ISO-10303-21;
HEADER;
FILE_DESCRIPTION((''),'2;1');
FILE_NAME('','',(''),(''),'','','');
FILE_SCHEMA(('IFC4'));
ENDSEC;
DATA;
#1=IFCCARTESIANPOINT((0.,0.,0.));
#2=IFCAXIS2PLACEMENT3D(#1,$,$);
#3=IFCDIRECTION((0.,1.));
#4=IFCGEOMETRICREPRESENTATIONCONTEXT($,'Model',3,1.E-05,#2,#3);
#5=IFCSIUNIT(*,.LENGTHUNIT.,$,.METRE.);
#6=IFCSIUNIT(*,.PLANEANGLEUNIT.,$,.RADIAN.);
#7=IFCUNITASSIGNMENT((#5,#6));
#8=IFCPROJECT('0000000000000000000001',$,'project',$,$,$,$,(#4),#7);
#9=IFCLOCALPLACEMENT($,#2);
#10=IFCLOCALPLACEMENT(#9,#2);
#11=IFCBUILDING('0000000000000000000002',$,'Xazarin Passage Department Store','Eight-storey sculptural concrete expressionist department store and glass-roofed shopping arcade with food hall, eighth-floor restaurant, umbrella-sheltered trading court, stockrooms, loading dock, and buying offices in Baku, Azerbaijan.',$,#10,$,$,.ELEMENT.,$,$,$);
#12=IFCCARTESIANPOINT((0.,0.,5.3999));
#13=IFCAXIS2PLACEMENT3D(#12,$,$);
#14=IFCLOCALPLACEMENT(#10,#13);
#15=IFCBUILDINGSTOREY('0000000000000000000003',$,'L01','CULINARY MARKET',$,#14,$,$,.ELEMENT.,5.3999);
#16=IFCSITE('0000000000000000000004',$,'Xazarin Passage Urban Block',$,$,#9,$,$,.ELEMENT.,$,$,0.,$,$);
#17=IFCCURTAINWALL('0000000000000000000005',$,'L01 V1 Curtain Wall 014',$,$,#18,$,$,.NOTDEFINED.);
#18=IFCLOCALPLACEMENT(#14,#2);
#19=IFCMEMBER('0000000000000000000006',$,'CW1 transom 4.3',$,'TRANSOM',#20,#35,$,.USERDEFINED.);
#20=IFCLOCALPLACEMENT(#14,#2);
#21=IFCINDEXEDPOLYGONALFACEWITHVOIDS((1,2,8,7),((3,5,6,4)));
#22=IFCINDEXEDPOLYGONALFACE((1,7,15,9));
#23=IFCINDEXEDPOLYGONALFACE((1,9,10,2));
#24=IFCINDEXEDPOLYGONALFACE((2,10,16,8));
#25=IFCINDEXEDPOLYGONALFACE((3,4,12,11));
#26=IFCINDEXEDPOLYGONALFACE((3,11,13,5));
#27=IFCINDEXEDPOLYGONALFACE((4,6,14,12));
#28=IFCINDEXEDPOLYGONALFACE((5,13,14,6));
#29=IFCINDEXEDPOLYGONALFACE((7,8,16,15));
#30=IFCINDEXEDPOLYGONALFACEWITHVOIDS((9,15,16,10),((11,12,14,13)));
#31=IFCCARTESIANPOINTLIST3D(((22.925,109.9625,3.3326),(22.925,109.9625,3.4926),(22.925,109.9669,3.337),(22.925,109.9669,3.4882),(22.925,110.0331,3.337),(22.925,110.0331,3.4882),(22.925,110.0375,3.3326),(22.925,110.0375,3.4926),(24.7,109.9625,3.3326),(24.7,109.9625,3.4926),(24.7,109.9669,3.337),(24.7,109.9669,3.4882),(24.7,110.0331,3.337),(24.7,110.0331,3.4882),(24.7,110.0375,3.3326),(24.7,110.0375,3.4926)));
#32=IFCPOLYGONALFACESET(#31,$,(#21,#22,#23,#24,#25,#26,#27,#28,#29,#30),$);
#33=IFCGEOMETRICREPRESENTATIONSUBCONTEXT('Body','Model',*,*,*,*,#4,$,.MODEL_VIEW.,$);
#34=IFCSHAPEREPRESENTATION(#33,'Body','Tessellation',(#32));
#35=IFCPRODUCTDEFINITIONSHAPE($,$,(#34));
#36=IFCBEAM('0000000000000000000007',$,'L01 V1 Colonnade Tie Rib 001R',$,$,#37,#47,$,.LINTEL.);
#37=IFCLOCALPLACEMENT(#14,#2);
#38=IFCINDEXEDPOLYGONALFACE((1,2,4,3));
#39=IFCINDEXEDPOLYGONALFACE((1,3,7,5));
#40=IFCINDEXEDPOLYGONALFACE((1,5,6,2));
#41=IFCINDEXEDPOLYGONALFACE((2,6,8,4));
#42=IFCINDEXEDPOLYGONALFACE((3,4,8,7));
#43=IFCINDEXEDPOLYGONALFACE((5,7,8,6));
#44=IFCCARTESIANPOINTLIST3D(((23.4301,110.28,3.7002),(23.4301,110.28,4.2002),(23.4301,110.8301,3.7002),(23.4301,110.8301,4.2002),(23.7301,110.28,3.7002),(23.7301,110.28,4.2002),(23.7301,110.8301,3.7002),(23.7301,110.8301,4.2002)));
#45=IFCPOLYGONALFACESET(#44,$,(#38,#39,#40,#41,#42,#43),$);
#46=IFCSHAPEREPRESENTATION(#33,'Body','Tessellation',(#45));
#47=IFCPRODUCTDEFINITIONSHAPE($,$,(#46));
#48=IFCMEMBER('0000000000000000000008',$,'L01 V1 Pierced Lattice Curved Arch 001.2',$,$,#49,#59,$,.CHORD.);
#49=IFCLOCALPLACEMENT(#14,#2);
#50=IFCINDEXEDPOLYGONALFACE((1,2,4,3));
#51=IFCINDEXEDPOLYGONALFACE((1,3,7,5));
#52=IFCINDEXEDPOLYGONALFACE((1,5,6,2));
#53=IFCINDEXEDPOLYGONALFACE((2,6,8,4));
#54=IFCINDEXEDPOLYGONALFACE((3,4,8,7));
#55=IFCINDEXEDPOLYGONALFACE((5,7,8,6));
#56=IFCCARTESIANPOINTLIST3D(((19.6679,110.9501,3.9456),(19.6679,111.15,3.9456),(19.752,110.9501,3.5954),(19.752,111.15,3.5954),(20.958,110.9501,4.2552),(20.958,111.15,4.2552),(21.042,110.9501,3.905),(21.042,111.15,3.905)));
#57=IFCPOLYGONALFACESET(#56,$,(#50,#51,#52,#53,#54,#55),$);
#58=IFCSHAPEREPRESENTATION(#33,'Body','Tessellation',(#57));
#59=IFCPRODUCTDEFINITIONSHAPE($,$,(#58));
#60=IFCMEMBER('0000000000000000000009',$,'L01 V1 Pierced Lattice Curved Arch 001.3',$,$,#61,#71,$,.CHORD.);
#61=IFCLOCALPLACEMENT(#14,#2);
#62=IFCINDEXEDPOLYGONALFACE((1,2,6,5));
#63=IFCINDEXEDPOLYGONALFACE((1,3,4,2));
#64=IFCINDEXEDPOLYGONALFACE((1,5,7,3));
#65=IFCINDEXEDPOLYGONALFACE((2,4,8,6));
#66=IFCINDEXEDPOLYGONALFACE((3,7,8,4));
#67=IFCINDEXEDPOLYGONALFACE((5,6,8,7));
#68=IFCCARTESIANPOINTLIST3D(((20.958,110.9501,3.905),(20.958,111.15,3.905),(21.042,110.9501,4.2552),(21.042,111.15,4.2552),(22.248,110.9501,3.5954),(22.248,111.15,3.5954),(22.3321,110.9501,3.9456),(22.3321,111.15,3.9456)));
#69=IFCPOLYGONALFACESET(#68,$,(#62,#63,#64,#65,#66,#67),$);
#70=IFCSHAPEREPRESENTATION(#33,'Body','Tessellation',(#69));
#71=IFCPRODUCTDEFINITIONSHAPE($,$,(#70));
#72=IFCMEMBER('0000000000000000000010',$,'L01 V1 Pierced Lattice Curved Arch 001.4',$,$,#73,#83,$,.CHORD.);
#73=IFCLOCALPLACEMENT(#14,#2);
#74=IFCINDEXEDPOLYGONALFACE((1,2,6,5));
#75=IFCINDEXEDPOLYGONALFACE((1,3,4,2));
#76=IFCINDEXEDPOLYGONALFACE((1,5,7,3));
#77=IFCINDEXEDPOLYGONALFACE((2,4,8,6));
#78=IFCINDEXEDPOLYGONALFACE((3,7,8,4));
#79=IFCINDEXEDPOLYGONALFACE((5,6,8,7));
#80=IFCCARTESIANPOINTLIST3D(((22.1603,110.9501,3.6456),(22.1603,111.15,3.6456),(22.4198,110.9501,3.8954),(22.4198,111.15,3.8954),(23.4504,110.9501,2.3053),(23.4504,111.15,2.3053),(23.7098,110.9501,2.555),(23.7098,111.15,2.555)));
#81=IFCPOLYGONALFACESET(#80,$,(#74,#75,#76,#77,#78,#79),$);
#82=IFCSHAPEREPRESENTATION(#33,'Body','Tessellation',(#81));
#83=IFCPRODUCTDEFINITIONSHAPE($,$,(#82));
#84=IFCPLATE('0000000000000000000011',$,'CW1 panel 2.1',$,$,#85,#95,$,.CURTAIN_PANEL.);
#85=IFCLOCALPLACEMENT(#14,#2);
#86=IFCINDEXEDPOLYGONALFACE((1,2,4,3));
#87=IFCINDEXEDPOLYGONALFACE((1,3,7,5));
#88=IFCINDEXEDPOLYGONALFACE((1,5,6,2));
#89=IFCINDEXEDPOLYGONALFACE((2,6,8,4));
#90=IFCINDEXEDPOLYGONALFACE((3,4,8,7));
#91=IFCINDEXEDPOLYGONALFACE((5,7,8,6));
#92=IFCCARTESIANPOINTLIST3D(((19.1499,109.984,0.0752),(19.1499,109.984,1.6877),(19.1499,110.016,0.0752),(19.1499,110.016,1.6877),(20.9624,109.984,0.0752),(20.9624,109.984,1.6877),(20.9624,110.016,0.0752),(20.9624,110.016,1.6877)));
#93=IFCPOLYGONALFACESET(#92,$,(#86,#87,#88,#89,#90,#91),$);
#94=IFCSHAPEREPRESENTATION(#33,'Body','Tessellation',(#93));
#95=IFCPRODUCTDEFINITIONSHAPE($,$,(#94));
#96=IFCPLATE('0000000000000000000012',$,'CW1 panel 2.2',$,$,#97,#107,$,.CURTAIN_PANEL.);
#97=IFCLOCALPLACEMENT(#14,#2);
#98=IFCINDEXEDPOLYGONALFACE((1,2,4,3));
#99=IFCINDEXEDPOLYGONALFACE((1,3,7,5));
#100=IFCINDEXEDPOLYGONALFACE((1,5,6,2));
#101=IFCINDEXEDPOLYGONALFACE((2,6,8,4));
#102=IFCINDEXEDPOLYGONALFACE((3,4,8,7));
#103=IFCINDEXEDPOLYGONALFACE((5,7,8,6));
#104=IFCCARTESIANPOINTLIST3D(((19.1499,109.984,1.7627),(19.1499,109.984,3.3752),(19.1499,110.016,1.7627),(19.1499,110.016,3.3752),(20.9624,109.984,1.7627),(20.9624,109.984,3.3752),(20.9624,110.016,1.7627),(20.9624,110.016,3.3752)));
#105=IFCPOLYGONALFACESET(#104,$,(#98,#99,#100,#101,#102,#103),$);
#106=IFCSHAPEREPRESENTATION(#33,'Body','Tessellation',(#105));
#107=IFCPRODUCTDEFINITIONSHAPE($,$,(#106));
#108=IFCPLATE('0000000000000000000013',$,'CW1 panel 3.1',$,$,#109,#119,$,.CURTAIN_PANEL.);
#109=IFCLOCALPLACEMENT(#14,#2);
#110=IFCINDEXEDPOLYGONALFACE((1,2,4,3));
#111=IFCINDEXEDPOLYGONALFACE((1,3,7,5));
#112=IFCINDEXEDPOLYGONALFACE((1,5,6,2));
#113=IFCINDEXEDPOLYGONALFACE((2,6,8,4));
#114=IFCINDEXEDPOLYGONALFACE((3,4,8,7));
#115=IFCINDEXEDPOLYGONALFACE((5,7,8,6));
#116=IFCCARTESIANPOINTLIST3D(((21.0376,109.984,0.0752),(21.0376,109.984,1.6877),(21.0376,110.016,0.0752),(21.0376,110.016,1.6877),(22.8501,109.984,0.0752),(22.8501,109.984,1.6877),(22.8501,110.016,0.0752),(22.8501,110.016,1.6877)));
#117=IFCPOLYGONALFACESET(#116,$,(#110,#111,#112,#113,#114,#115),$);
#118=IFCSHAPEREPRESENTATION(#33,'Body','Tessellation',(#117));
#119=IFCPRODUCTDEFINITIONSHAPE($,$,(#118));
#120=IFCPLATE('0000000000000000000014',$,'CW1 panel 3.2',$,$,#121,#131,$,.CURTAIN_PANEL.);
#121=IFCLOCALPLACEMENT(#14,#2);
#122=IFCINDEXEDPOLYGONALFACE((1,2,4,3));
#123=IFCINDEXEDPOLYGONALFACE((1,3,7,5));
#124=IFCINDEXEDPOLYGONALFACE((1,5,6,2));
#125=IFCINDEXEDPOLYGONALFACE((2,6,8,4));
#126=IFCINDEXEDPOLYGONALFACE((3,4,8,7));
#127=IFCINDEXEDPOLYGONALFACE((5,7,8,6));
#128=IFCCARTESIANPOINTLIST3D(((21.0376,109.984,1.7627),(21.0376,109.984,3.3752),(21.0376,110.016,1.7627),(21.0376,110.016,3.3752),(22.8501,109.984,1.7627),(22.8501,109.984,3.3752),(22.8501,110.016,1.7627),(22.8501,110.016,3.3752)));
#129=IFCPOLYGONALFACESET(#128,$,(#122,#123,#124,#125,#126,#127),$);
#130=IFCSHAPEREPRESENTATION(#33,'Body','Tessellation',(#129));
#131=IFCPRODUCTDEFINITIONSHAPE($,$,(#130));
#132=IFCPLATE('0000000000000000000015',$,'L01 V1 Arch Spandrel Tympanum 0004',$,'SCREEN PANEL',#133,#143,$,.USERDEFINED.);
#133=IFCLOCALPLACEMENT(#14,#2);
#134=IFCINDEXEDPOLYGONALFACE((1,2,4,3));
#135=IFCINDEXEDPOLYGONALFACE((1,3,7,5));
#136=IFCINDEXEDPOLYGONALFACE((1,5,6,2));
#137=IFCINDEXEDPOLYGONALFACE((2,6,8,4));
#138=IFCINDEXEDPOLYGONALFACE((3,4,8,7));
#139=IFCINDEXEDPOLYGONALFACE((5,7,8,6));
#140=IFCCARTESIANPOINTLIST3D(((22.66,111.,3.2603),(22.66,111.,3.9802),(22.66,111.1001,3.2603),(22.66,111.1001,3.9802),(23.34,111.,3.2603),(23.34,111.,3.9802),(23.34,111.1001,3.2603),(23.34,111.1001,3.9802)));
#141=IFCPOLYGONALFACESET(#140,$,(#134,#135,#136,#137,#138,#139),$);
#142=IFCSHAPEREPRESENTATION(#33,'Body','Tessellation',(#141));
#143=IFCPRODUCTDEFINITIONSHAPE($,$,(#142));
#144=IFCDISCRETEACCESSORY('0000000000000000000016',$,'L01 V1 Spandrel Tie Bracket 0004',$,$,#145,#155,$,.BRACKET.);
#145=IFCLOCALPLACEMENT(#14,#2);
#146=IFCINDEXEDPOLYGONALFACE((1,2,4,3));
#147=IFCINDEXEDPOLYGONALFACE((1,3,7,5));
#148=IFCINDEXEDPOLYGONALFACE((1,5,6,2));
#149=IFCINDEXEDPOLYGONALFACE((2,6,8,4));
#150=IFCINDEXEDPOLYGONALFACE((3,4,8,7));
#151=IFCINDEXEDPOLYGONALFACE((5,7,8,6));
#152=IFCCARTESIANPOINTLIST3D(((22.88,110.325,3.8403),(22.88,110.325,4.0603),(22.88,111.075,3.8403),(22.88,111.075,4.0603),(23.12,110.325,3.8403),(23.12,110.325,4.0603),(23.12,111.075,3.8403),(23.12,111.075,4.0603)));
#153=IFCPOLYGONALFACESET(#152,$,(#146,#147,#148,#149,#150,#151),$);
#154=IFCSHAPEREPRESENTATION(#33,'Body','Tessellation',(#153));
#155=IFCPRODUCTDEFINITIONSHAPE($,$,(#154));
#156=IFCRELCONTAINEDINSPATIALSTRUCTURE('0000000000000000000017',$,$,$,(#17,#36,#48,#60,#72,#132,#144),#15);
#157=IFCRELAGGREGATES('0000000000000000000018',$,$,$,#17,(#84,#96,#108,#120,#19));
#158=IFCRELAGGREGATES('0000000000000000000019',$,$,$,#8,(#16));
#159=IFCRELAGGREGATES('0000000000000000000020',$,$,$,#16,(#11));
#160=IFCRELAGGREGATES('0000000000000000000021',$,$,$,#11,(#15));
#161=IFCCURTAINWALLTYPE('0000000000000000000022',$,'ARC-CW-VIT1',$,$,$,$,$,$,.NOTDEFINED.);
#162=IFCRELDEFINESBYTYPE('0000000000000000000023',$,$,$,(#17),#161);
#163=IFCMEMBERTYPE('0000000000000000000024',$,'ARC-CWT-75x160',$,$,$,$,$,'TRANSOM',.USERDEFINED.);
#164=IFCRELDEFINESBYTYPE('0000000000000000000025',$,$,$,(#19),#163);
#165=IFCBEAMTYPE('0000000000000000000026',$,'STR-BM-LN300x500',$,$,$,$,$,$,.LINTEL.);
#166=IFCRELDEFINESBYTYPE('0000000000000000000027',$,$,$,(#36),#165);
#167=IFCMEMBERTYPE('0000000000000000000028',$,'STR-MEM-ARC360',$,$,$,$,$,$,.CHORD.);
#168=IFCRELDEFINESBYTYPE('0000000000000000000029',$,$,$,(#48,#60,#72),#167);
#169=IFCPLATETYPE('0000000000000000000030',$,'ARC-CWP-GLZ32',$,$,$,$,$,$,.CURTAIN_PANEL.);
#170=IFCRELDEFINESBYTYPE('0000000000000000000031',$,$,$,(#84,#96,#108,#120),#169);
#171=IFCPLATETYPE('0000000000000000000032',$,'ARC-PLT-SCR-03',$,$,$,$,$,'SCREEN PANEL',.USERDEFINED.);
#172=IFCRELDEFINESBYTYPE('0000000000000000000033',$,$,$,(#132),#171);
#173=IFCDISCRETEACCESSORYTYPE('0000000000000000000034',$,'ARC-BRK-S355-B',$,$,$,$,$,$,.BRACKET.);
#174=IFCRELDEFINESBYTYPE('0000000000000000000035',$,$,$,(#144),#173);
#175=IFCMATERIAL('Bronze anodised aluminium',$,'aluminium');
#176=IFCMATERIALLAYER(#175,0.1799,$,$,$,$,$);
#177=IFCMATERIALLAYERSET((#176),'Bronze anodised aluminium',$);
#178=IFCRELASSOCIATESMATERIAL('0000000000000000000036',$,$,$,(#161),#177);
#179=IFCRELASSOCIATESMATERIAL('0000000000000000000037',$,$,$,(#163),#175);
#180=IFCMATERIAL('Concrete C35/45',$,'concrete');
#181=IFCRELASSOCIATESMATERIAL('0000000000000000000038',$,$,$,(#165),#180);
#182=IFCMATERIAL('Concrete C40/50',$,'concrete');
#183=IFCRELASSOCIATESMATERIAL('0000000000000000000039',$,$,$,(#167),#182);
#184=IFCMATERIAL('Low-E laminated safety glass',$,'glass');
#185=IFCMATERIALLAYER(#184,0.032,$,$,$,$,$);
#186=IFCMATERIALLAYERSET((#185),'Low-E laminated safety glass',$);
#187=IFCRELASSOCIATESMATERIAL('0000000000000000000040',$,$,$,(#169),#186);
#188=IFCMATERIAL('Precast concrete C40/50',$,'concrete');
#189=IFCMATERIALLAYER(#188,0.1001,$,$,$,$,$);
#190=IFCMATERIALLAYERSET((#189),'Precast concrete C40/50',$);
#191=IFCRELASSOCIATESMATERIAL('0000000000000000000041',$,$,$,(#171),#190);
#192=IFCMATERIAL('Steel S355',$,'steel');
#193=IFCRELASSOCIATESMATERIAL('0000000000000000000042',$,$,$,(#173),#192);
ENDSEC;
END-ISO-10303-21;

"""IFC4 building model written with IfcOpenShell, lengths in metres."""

from ifc_helpers import new_model, si_unit, direction, frame, origin, origin_2d, place, context, subcontext, project, spatial, rectangle, hollow_rectangle, extrude, material, layer, layer_set, material_profile, profile_set, type_object, element, aggregate, save


model = new_model("IFC4")

# Units and contexts
model_context = context("Model", 3, precision=1e-05, world=origin(), true_north=direction((0.0, 1.0)))
body_context = subcontext(model_context, "Body", "Model", "MODEL_VIEW")
ifc_project = project(units=[si_unit("LENGTHUNIT", "METRE"), si_unit("PLANEANGLEUNIT", "RADIAN")], contexts=[model_context])

# Site, building, storey
site_placement = place(None, origin())
site = spatial("IfcSite", under=ifc_project, at=site_placement, Name="Xazarin Passage Urban Block", CompositionType="ELEMENT", RefElevation=0.0)
building_placement = place(site_placement, origin())
building = spatial("IfcBuilding", under=site, at=building_placement, Name="Xazarin Passage Department Store", Description="Eight-storey sculptural concrete expressionist department store and glass-roofed shopping arcade with food hall, eighth-floor restaurant, umbrella-sheltered trading court, stockrooms, loading dock, and buying offices in Baku, Azerbaijan.", CompositionType="ELEMENT")
storey_placement = place(building_placement, frame((0.0, 0.0, 5.3999)))
storey = spatial("IfcBuildingStorey", under=building, at=storey_placement, Name="L01", Description="CULINARY MARKET", CompositionType="ELEMENT", Elevation=5.3999)

# Curtain wall, member
ifc_material_1 = material(Name="Bronze anodised aluminium", Category="aluminium")
ifc_layer_1 = layer(ifc_material_1, 0.1799)
ifc_layer_set_1 = layer_set([ifc_layer_1], Name="Bronze anodised aluminium")
curtain_wall_type = type_object("IfcCurtainWallType", Name="ARC-CW-VIT1", PredefinedType="NOTDEFINED", material=ifc_layer_set_1)
curtain_wall_placement = place(storey_placement, origin())
curtain_wall = element("IfcCurtainWall", 1, at=curtain_wall_placement, inside=storey, type_object=curtain_wall_type, Name="L01 V1 Curtain Wall 014", PredefinedType="NOTDEFINED")
ifc_material_profile_1 = material_profile(ifc_material_1, hollow_rectangle(XDim=0.075, YDim=0.1599, WallThickness=0.0044, at=origin_2d()), Name="ALU 75x160")
ifc_profile_set_1 = profile_set([ifc_material_profile_1], Name="Bronze anodised aluminium")
member_type_1 = type_object("IfcMemberType", Name="ARC-CWT-75x160", ElementType="TRANSOM", PredefinedType="USERDEFINED", material=ifc_profile_set_1)
member_1_placement = place(storey_placement, frame((22.925, 110.0, 3.4126), z_axis=(1.0, 0.0, 0.0), x_axis=(0.0, 1.0, 0.0)))
member_1 = element("IfcMember", 2, at=member_1_placement, type_object=member_type_1, Name="CW1 transom 4.3", ObjectType="TRANSOM", PredefinedType="USERDEFINED", context=body_context, shape_type="SweptSolid", body=[
    extrude(hollow_rectangle(XDim=0.075, YDim=0.1599, WallThickness=0.0044, at=origin_2d()), origin(), (0.0, 0.0, 1.0), 1.7749),
])

# Beam
ifc_material_2 = material(Name="Concrete C35/45", Category="concrete")
ifc_material_profile_2 = material_profile(ifc_material_2, rectangle(XDim=0.3, YDim=0.5, at=origin_2d()), Name="RC 300x500")
ifc_profile_set_2 = profile_set([ifc_material_profile_2], Name="Concrete C35/45")
beam_type = type_object("IfcBeamType", Name="STR-BM-LN300x500", PredefinedType="LINTEL", material=ifc_profile_set_2)
beam_placement = place(storey_placement, frame((23.5801, 110.28, 3.9502), z_axis=(0.0, 1.0, 0.0), x_axis=(-1.0, 0.0, 0.0)))
element("IfcBeam", 3, at=beam_placement, inside=storey, type_object=beam_type, Name="L01 V1 Colonnade Tie Rib 001R", PredefinedType="LINTEL", context=body_context, shape_type="SweptSolid", body=[
    extrude(rectangle(XDim=0.3, YDim=0.5, at=origin_2d()), origin(), (0.0, 0.0, 1.0), 0.55),
])

# Members
ifc_material_3 = material(Name="Concrete C40/50", Category="concrete")
ifc_material_profile_3 = material_profile(ifc_material_3, rectangle(XDim=0.2, YDim=0.3601, at=origin_2d()), Name="RC 200x360")
ifc_profile_set_3 = profile_set([ifc_material_profile_3], Name="Concrete C40/50")
member_type_2 = type_object("IfcMemberType", Name="STR-MEM-ARC360", PredefinedType="CHORD", material=ifc_profile_set_3)
for number, where, z_axis, x_axis, name in (
    (4, (19.71, 111.05, 3.7705), (0.972394, 0.0, 0.233345), (0.0, 1.0, 0.0), "L01 V1 Pierced Lattice Curved Arch 001.2"),
    (5, (21.0, 111.05, 4.0801), (0.972394, 0.0, -0.233345), (0.0, 1.0, 0.0), "L01 V1 Pierced Lattice Curved Arch 001.3"),
):
    element("IfcMember", number, at=place(storey_placement, frame(where, z_axis=z_axis, x_axis=x_axis)), inside=storey, type_object=member_type_2, Name=name, PredefinedType="CHORD", context=body_context, shape_type="SweptSolid", body=[
        extrude(rectangle(XDim=0.2, YDim=0.3601, at=origin_2d()), origin(), (0.0, 0.0, 1.0), 1.3267),
    ])
member_2_placement = place(storey_placement, frame((22.29, 111.05, 3.7705), z_axis=(0.69346, 0.0, -0.720495), x_axis=(0.0, 1.0, 0.0)))
element("IfcMember", 6, at=member_2_placement, inside=storey, type_object=member_type_2, Name="L01 V1 Pierced Lattice Curved Arch 001.4", PredefinedType="CHORD", context=body_context, shape_type="SweptSolid", body=[
    extrude(rectangle(XDim=0.2, YDim=0.3601, at=origin_2d()), origin(), (0.0, 0.0, 1.0), 1.8604),
])

# Plates
ifc_material_4 = material(Name="Low-E laminated safety glass", Category="glass")
ifc_layer_2 = layer(ifc_material_4, 0.032)
ifc_layer_set_2 = layer_set([ifc_layer_2], Name="Low-E laminated safety glass")
plate_type_1 = type_object("IfcPlateType", Name="ARC-CWP-GLZ32", PredefinedType="CURTAIN_PANEL", material=ifc_layer_set_2)
plate_1_placement = place(storey_placement, frame((20.0562, 110.0, 0.0752), z_axis=(0.0, 0.0, 1.0), x_axis=(1.0, 0.0, 0.0)))
plate_1 = element("IfcPlate", 7, at=plate_1_placement, type_object=plate_type_1, Name="CW1 panel 2.1", PredefinedType="CURTAIN_PANEL", context=body_context, shape_type="SweptSolid", body=[
    extrude(rectangle(XDim=1.8125, YDim=0.032, at=origin_2d()), origin(), (0.0, 0.0, 1.0), 1.6125),
])
plate_2_placement = place(storey_placement, frame((20.0562, 110.0, 1.7627), z_axis=(0.0, 0.0, 1.0), x_axis=(1.0, 0.0, 0.0)))
plate_2 = element("IfcPlate", 8, at=plate_2_placement, type_object=plate_type_1, Name="CW1 panel 2.2", PredefinedType="CURTAIN_PANEL", context=body_context, shape_type="SweptSolid", body=[
    extrude(rectangle(XDim=1.8125, YDim=0.032, at=origin_2d()), origin(), (0.0, 0.0, 1.0), 1.6125),
])
plate_3_placement = place(storey_placement, frame((21.9438, 110.0, 0.0752), z_axis=(0.0, 0.0, 1.0), x_axis=(1.0, 0.0, 0.0)))
plate_3 = element("IfcPlate", 9, at=plate_3_placement, type_object=plate_type_1, Name="CW1 panel 3.1", PredefinedType="CURTAIN_PANEL", context=body_context, shape_type="SweptSolid", body=[
    extrude(rectangle(XDim=1.8125, YDim=0.032, at=origin_2d()), origin(), (0.0, 0.0, 1.0), 1.6125),
])
plate_4_placement = place(storey_placement, frame((21.9438, 110.0, 1.7627), z_axis=(0.0, 0.0, 1.0), x_axis=(1.0, 0.0, 0.0)))
plate_4 = element("IfcPlate", 10, at=plate_4_placement, type_object=plate_type_1, Name="CW1 panel 3.2", PredefinedType="CURTAIN_PANEL", context=body_context, shape_type="SweptSolid", body=[
    extrude(rectangle(XDim=1.8125, YDim=0.032, at=origin_2d()), origin(), (0.0, 0.0, 1.0), 1.6125),
])
aggregate(curtain_wall, [plate_1, plate_2, plate_3, plate_4, member_1])
ifc_material_5 = material(Name="Precast concrete C40/50", Category="concrete")
ifc_layer_3 = layer(ifc_material_5, 0.1001)
ifc_layer_set_3 = layer_set([ifc_layer_3], Name="Precast concrete C40/50")
plate_type_2 = type_object("IfcPlateType", Name="ARC-PLT-SCR-03", ElementType="SCREEN PANEL", PredefinedType="USERDEFINED", material=ifc_layer_set_3)
plate_5_placement = place(storey_placement, frame((23.0, 111.05, 3.2603), z_axis=(0.0, 0.0, 1.0), x_axis=(1.0, 0.0, 0.0)))
element("IfcPlate", 11, at=plate_5_placement, inside=storey, type_object=plate_type_2, Name="L01 V1 Arch Spandrel Tympanum 0004", ObjectType="SCREEN PANEL", PredefinedType="USERDEFINED", context=body_context, shape_type="SweptSolid", body=[
    extrude(rectangle(XDim=0.6799, YDim=0.1001, at=origin_2d()), origin(), (0.0, 0.0, 1.0), 0.72),
])

# Discrete accessory
ifc_material_6 = material(Name="Steel S355", Category="steel")
discrete_accessory_type = type_object("IfcDiscreteAccessoryType", Name="ARC-BRK-S355-B", PredefinedType="BRACKET", material=ifc_material_6)
discrete_accessory_placement = place(storey_placement, frame((23.0, 110.7, 3.8403), z_axis=(0.0, 0.0, 1.0), x_axis=(1.0, 0.0, 0.0)))
element("IfcDiscreteAccessory", 12, at=discrete_accessory_placement, inside=storey, type_object=discrete_accessory_type, Name="L01 V1 Spandrel Tie Bracket 0004", PredefinedType="BRACKET", context=body_context, shape_type="SweptSolid", body=[
    extrude(rectangle(XDim=0.24, YDim=0.75, at=origin_2d()), origin(), (0.0, 0.0, 1.0), 0.22),
])

save(model, "model.ifc")
